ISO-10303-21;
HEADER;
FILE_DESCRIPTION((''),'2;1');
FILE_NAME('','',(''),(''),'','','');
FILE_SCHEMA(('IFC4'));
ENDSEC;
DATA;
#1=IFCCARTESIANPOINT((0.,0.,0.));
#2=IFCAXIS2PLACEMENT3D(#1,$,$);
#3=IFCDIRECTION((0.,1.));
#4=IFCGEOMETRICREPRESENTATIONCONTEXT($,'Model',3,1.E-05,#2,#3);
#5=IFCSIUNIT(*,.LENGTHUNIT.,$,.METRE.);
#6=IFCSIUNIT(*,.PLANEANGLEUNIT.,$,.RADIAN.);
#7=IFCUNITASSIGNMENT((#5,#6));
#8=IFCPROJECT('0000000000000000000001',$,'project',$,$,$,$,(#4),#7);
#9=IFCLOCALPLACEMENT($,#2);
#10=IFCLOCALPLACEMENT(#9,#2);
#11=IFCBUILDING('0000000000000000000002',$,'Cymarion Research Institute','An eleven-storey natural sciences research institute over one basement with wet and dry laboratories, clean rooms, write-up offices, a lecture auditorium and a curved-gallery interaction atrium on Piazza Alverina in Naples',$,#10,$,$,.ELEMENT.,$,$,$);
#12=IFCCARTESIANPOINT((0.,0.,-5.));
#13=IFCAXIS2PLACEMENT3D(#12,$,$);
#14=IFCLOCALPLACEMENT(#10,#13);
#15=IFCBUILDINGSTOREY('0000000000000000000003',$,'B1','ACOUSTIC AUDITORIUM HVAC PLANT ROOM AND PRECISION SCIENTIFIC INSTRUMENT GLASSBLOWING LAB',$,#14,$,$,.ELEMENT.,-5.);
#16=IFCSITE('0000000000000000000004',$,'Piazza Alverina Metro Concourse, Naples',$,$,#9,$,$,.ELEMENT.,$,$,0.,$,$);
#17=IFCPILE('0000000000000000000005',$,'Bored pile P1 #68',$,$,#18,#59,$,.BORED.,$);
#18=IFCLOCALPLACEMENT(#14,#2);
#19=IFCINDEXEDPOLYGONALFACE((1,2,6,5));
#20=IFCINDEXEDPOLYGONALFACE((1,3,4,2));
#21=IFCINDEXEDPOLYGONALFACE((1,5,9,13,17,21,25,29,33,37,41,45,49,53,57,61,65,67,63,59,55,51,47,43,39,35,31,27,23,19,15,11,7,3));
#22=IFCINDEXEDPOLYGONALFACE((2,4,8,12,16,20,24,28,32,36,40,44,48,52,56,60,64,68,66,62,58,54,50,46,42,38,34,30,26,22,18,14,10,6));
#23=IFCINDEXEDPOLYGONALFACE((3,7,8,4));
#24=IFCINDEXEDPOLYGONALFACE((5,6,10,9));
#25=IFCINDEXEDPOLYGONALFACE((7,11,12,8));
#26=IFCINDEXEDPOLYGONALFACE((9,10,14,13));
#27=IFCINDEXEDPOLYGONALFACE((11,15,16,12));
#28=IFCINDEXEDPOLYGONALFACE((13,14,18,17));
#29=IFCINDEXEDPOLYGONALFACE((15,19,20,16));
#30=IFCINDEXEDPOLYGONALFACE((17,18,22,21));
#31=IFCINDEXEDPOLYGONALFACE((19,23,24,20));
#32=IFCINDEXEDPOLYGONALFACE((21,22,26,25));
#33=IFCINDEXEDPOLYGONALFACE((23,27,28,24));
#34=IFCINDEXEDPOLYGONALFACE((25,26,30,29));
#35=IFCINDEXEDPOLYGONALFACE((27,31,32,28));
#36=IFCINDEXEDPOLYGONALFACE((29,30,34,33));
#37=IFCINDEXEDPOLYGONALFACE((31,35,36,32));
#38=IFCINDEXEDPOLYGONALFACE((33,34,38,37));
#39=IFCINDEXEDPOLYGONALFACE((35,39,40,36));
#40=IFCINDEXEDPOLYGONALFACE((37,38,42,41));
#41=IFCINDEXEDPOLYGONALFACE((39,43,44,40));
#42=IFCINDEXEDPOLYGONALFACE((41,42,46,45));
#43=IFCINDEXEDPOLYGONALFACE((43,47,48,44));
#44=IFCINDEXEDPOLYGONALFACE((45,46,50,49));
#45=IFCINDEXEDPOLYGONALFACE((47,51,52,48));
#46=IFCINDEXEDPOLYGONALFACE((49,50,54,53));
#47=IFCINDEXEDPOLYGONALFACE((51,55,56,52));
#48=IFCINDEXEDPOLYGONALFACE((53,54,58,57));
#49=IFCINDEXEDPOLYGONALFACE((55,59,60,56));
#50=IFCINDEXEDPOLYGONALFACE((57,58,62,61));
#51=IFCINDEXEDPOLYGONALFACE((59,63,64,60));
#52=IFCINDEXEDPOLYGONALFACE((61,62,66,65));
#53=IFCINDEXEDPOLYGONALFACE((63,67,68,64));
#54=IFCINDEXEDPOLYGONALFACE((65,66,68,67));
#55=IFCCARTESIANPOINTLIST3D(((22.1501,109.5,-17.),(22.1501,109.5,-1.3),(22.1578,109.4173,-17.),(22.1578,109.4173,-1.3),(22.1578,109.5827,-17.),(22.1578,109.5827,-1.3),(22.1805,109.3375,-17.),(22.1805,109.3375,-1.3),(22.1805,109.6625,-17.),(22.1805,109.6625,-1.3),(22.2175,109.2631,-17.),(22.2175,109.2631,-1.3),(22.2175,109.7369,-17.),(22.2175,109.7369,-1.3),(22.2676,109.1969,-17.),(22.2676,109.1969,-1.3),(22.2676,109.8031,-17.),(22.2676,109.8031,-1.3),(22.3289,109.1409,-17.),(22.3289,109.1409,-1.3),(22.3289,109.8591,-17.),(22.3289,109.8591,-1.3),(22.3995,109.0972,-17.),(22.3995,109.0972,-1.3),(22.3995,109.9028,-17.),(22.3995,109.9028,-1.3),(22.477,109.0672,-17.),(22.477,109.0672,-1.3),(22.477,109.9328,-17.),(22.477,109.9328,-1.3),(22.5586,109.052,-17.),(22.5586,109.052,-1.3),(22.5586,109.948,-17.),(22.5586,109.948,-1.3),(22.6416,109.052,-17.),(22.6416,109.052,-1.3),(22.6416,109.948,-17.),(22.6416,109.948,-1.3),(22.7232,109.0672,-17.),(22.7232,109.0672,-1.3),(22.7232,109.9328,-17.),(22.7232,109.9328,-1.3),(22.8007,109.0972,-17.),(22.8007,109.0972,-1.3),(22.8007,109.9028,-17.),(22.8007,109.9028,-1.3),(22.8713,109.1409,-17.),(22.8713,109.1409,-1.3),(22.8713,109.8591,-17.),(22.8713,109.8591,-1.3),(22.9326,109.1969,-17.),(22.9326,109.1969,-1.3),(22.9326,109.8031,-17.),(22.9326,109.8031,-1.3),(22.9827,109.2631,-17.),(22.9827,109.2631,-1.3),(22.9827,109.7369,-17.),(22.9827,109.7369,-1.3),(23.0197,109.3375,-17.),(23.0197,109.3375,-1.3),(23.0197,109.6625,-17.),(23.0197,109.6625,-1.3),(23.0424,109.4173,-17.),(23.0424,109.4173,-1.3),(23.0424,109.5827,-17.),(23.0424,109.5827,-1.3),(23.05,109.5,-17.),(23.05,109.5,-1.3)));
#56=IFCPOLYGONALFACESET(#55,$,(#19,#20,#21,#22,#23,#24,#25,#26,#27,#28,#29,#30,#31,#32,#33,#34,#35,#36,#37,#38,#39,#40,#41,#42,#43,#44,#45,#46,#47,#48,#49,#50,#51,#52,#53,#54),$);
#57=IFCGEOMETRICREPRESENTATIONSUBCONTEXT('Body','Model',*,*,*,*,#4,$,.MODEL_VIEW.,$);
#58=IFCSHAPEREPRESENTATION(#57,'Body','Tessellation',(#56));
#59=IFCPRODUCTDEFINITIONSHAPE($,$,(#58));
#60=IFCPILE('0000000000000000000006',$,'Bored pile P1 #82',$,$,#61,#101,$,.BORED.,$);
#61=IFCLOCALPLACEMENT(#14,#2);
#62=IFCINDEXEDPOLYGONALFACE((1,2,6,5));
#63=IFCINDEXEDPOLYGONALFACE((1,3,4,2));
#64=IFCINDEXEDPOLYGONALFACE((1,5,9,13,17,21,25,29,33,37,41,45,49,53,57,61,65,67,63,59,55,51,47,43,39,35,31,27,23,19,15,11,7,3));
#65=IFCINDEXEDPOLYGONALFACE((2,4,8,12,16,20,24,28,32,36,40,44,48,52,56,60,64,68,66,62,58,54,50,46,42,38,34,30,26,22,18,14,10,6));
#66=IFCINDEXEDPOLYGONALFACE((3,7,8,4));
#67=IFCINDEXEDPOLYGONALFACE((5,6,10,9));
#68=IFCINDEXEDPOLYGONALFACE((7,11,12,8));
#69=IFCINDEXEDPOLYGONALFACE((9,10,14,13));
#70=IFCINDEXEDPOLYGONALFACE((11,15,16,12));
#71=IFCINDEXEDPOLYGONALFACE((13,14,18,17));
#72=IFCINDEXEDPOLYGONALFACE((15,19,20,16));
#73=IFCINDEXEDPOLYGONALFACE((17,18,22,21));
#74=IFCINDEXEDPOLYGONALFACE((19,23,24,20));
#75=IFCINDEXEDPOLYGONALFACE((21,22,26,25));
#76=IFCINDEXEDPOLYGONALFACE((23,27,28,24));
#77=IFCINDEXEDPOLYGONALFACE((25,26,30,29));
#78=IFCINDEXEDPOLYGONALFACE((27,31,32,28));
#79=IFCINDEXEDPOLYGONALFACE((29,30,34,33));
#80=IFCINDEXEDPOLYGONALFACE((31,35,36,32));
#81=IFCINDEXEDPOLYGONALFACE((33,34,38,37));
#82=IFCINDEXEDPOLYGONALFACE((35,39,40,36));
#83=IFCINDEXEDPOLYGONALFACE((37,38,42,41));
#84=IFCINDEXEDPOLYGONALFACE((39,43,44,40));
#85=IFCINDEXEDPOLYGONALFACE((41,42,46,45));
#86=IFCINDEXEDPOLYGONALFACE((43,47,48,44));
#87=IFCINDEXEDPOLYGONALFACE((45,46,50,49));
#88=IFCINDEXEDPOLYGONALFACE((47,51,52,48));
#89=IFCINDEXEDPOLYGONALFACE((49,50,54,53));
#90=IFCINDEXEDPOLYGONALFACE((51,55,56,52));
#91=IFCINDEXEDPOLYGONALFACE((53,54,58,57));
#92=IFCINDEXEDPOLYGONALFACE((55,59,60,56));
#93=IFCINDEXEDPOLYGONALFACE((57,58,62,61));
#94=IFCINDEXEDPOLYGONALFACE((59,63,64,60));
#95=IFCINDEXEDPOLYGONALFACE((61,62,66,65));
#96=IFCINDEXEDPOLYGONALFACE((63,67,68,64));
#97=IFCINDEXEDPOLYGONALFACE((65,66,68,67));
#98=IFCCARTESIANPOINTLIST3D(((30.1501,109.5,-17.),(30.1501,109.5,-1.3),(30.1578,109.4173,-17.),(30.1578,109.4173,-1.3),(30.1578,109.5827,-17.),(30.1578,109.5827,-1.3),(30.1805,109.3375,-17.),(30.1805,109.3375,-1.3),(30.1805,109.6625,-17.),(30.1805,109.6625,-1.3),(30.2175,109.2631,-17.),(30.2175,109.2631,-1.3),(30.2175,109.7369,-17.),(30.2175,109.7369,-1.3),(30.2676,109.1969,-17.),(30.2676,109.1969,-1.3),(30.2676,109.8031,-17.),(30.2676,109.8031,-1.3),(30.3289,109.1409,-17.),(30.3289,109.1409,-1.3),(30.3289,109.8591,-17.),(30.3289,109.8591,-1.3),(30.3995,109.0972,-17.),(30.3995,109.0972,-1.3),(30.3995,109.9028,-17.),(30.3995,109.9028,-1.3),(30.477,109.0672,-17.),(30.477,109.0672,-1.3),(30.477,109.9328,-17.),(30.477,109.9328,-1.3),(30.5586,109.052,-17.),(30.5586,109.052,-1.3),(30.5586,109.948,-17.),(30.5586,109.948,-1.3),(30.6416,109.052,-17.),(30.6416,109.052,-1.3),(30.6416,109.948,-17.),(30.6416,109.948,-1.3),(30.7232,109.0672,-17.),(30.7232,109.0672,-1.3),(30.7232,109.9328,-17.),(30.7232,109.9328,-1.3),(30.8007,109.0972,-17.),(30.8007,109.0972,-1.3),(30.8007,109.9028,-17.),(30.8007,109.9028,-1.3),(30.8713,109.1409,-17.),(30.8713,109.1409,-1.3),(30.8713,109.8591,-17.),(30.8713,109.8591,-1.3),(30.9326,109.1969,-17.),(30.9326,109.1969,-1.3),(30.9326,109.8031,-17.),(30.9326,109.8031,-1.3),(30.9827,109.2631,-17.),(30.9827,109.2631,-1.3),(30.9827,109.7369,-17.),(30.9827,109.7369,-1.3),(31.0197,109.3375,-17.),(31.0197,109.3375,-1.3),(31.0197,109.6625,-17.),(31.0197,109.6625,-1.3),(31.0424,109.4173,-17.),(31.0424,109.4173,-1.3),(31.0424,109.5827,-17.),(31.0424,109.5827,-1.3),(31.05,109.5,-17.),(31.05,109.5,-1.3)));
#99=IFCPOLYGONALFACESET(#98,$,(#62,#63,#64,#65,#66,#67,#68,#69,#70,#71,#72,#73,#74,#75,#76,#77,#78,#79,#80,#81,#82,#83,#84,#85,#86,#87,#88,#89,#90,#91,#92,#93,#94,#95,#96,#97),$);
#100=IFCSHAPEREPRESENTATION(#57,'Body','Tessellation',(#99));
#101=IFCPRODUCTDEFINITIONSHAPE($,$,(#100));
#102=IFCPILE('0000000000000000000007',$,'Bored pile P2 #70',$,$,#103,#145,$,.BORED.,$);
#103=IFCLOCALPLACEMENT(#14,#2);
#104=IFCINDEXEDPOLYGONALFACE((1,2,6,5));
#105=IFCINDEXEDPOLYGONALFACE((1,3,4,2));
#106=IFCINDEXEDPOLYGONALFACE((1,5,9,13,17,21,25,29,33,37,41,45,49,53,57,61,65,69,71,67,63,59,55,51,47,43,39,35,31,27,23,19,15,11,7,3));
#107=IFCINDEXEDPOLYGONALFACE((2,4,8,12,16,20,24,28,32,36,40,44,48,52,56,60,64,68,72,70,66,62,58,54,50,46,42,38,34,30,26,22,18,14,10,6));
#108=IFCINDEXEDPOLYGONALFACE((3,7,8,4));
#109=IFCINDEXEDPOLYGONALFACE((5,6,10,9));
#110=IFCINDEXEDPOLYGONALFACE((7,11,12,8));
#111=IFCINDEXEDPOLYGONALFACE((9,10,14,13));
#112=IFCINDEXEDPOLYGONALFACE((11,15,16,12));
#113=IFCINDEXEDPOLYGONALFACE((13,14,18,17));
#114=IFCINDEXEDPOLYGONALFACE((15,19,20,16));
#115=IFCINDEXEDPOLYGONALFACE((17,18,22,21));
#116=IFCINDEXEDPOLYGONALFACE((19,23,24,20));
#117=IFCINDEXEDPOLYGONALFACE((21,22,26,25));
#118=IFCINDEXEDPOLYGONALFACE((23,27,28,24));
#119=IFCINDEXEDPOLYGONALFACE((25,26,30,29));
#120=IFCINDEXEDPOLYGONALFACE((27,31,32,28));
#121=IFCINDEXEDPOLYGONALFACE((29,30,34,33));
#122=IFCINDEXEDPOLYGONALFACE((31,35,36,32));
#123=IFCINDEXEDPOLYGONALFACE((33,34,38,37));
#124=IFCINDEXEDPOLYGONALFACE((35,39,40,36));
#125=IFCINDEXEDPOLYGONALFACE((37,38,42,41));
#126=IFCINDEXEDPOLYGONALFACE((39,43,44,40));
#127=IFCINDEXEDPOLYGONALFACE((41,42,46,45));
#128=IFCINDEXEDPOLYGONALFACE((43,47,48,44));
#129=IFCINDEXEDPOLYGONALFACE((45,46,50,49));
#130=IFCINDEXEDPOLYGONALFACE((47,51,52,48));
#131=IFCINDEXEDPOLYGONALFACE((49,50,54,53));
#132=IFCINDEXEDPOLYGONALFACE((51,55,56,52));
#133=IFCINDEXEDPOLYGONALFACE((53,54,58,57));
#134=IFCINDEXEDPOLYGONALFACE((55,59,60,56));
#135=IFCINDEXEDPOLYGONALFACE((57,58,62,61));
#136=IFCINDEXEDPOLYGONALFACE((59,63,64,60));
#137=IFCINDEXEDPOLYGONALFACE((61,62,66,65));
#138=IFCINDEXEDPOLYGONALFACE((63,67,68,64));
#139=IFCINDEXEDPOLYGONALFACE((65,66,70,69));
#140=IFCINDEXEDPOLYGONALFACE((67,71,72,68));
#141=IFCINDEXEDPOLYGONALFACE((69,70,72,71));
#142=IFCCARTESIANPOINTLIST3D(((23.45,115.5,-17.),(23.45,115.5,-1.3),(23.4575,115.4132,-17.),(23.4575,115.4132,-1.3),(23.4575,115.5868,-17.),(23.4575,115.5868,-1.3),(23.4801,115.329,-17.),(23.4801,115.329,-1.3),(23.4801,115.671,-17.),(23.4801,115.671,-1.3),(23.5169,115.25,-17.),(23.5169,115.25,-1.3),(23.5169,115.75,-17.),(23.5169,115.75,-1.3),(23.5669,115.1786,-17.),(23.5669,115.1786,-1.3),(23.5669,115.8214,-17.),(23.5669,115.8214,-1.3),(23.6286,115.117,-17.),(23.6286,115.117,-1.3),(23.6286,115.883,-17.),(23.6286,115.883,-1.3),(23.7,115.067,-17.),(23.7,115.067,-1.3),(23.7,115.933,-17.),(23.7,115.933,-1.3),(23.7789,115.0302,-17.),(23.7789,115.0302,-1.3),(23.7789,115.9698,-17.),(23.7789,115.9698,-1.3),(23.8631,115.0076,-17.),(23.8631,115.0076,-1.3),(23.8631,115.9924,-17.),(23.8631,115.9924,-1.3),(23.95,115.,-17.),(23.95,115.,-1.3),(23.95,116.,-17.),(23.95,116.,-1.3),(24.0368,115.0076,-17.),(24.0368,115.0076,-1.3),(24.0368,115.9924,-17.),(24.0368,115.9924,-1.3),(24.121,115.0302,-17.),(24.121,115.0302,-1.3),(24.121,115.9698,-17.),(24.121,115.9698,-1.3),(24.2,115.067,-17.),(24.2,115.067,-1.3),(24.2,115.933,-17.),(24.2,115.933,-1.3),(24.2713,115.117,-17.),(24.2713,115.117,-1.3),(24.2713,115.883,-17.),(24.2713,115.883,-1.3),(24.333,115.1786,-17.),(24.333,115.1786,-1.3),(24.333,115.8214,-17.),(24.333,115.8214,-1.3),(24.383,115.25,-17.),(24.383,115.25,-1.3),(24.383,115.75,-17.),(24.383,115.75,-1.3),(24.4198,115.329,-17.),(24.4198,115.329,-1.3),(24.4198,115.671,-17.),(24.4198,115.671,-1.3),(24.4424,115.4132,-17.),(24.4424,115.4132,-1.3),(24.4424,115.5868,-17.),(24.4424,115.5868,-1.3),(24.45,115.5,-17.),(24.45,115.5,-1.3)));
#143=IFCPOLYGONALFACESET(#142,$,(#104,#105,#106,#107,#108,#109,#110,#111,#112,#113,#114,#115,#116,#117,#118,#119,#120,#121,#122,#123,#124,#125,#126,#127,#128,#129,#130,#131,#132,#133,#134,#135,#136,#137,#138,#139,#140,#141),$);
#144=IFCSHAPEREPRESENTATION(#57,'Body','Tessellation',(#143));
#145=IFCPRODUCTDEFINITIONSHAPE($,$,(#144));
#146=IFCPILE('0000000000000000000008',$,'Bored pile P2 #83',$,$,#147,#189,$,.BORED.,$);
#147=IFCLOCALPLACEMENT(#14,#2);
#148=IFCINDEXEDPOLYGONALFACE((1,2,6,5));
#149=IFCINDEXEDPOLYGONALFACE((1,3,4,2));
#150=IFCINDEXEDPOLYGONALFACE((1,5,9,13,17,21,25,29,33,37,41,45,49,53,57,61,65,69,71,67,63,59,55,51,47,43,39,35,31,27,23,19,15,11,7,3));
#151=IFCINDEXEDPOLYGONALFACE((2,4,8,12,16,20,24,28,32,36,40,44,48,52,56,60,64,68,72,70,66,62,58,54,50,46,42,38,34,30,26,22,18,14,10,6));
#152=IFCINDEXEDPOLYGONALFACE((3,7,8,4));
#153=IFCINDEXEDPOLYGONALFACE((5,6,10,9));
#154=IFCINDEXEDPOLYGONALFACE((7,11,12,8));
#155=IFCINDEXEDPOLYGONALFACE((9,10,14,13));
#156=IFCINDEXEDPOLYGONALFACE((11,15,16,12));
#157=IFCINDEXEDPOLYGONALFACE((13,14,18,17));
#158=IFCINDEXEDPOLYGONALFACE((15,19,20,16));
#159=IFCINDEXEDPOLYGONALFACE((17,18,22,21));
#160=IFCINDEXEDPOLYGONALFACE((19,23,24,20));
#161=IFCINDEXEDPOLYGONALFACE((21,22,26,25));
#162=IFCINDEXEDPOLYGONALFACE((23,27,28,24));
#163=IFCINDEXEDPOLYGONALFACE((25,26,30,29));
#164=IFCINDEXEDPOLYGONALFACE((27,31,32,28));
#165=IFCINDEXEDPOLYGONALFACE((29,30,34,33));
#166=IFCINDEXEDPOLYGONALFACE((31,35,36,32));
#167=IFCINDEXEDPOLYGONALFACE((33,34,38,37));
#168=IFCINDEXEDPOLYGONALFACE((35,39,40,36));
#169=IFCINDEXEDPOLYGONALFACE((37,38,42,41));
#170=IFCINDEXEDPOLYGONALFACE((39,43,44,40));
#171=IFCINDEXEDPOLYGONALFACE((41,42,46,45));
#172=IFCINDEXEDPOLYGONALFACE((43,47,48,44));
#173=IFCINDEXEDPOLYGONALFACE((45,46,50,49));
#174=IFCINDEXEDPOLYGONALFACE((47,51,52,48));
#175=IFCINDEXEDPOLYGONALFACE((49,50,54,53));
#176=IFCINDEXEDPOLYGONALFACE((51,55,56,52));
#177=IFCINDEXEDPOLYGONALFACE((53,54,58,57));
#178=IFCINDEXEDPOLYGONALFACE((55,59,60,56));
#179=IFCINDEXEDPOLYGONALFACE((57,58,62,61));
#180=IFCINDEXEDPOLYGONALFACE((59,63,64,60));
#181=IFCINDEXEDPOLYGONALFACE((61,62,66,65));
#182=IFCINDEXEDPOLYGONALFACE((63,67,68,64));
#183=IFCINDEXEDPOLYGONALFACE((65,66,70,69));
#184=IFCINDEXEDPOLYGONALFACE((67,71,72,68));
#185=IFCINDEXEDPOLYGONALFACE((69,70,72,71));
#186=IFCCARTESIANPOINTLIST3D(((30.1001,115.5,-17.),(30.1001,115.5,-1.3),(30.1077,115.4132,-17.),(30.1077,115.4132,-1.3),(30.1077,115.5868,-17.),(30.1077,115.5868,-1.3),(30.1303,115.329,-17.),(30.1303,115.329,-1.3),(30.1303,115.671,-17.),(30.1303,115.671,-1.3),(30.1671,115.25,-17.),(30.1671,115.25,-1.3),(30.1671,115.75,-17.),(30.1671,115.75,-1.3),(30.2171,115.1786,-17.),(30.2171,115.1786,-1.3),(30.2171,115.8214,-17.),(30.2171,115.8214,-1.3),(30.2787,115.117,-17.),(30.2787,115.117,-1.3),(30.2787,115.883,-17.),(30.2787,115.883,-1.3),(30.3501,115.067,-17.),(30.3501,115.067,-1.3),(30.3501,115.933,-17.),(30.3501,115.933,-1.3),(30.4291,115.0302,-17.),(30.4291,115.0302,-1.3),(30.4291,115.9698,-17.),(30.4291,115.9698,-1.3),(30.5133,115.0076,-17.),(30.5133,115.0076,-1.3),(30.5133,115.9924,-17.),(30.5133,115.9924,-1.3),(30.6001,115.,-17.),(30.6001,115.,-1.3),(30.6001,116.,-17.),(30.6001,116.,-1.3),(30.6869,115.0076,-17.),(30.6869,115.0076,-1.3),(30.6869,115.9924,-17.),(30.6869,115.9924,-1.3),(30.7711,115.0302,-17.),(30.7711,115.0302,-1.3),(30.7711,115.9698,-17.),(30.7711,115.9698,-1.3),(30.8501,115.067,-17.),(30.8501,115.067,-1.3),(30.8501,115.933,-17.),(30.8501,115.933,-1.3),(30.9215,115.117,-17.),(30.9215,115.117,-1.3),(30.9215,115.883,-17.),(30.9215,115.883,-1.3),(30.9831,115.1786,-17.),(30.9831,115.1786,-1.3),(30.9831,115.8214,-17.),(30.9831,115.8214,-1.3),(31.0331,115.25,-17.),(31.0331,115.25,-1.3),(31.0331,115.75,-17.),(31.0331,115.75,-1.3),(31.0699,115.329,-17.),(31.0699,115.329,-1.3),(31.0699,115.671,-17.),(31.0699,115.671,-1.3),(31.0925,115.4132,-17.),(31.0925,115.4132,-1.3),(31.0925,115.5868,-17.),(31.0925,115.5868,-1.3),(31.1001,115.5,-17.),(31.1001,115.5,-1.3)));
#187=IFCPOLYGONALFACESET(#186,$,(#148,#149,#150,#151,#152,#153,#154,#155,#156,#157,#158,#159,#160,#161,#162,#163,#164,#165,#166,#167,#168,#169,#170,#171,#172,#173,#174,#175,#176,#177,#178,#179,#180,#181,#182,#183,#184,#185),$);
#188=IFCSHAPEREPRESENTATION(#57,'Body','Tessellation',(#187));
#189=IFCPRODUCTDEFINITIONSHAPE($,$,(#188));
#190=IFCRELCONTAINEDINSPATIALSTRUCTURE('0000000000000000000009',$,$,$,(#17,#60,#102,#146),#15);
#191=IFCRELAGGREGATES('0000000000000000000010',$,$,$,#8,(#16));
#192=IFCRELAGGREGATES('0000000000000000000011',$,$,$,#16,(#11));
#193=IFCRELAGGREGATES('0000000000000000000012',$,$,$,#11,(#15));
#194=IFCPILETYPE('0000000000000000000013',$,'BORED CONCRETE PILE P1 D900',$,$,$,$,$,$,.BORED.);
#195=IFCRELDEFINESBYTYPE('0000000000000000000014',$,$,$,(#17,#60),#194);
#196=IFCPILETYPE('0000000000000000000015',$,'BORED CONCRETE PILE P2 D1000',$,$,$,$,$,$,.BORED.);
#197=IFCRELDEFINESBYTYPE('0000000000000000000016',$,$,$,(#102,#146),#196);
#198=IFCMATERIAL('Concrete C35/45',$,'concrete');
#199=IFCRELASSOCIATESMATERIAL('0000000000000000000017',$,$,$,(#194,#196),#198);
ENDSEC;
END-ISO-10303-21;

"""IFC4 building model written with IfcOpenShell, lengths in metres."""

from ifc_helpers import new_model, si_unit, direction, frame, origin, origin_2d, place, context, subcontext, project, spatial, circle, extrude, material, material_profile, profile_set, type_object, element, save


model = new_model("IFC4")

# Units and contexts
model_context = context("Model", 3, precision=1e-05, world=origin(), true_north=direction((0.0, 1.0)))
body_context = subcontext(model_context, "Body", "Model", "MODEL_VIEW")
ifc_project = project(units=[si_unit("LENGTHUNIT", "METRE"), si_unit("PLANEANGLEUNIT", "RADIAN")], contexts=[model_context])

# Site, building, storey
site_placement = place(None, origin())
site = spatial("IfcSite", under=ifc_project, at=site_placement, Name="Piazza Alverina Metro Concourse, Naples", CompositionType="ELEMENT", RefElevation=0.0)
building_placement = place(site_placement, origin())
building = spatial("IfcBuilding", under=site, at=building_placement, Name="Cymarion Research Institute", Description="An eleven-storey natural sciences research institute over one basement with wet and dry laboratories, clean rooms, write-up offices, a lecture auditorium and a curved-gallery interaction atrium on Piazza Alverina in Naples", CompositionType="ELEMENT")
storey_placement = place(building_placement, frame((0.0, 0.0, -5.0)))
storey = spatial("IfcBuildingStorey", under=building, at=storey_placement, Name="B1", Description="ACOUSTIC AUDITORIUM HVAC PLANT ROOM AND PRECISION SCIENTIFIC INSTRUMENT GLASSBLOWING LAB", CompositionType="ELEMENT", Elevation=-5.0)

# Piles
ifc_material_1 = material(Name="Concrete C35/45", Category="concrete")
ifc_material_profile_1 = material_profile(ifc_material_1, circle(Radius=0.45, at=origin_2d()), Name="BORED PILE D900")
ifc_profile_set_1 = profile_set([ifc_material_profile_1], Name="Concrete C35/45")
pile_type_1 = type_object("IfcPileType", Name="BORED CONCRETE PILE P1 D900", PredefinedType="BORED", material=ifc_profile_set_1)
for number, where, z_axis, x_axis, name in (
    (1, (22.6001, 109.5, -1.3), (0.0, 0.0, -1.0), (1.0, 0.0, 0.0), "Bored pile P1 #68"),
    (2, (30.6001, 109.5, -1.3), (0.0, 0.0, -1.0), (1.0, 0.0, 0.0), "Bored pile P1 #82"),
):
    element("IfcPile", number, at=place(storey_placement, frame(where, z_axis=z_axis, x_axis=x_axis)), inside=storey, type_object=pile_type_1, Name=name, PredefinedType="BORED", context=body_context, shape_type="SweptSolid", body=[
        extrude(circle(Radius=0.45, at=origin_2d()), origin(), (0.0, 0.0, 1.0), 15.7),
    ])
ifc_material_profile_2 = material_profile(ifc_material_1, circle(Radius=0.5, at=origin_2d()), Name="BORED PILE D1000")
ifc_profile_set_2 = profile_set([ifc_material_profile_2], Name="Concrete C35/45")
pile_type_2 = type_object("IfcPileType", Name="BORED CONCRETE PILE P2 D1000", PredefinedType="BORED", material=ifc_profile_set_2)
for number, where, z_axis, x_axis, name in (
    (3, (23.95, 115.5, -1.3), (0.0, 0.0, -1.0), (1.0, 0.0, 0.0), "Bored pile P2 #70"),
    (4, (30.6001, 115.5, -1.3), (0.0, 0.0, -1.0), (1.0, 0.0, 0.0), "Bored pile P2 #83"),
):
    element("IfcPile", number, at=place(storey_placement, frame(where, z_axis=z_axis, x_axis=x_axis)), inside=storey, type_object=pile_type_2, Name=name, PredefinedType="BORED", context=body_context, shape_type="SweptSolid", body=[
        extrude(circle(Radius=0.5, at=origin_2d()), origin(), (0.0, 0.0, 1.0), 15.7),
    ])

save(model, "model.ifc")
